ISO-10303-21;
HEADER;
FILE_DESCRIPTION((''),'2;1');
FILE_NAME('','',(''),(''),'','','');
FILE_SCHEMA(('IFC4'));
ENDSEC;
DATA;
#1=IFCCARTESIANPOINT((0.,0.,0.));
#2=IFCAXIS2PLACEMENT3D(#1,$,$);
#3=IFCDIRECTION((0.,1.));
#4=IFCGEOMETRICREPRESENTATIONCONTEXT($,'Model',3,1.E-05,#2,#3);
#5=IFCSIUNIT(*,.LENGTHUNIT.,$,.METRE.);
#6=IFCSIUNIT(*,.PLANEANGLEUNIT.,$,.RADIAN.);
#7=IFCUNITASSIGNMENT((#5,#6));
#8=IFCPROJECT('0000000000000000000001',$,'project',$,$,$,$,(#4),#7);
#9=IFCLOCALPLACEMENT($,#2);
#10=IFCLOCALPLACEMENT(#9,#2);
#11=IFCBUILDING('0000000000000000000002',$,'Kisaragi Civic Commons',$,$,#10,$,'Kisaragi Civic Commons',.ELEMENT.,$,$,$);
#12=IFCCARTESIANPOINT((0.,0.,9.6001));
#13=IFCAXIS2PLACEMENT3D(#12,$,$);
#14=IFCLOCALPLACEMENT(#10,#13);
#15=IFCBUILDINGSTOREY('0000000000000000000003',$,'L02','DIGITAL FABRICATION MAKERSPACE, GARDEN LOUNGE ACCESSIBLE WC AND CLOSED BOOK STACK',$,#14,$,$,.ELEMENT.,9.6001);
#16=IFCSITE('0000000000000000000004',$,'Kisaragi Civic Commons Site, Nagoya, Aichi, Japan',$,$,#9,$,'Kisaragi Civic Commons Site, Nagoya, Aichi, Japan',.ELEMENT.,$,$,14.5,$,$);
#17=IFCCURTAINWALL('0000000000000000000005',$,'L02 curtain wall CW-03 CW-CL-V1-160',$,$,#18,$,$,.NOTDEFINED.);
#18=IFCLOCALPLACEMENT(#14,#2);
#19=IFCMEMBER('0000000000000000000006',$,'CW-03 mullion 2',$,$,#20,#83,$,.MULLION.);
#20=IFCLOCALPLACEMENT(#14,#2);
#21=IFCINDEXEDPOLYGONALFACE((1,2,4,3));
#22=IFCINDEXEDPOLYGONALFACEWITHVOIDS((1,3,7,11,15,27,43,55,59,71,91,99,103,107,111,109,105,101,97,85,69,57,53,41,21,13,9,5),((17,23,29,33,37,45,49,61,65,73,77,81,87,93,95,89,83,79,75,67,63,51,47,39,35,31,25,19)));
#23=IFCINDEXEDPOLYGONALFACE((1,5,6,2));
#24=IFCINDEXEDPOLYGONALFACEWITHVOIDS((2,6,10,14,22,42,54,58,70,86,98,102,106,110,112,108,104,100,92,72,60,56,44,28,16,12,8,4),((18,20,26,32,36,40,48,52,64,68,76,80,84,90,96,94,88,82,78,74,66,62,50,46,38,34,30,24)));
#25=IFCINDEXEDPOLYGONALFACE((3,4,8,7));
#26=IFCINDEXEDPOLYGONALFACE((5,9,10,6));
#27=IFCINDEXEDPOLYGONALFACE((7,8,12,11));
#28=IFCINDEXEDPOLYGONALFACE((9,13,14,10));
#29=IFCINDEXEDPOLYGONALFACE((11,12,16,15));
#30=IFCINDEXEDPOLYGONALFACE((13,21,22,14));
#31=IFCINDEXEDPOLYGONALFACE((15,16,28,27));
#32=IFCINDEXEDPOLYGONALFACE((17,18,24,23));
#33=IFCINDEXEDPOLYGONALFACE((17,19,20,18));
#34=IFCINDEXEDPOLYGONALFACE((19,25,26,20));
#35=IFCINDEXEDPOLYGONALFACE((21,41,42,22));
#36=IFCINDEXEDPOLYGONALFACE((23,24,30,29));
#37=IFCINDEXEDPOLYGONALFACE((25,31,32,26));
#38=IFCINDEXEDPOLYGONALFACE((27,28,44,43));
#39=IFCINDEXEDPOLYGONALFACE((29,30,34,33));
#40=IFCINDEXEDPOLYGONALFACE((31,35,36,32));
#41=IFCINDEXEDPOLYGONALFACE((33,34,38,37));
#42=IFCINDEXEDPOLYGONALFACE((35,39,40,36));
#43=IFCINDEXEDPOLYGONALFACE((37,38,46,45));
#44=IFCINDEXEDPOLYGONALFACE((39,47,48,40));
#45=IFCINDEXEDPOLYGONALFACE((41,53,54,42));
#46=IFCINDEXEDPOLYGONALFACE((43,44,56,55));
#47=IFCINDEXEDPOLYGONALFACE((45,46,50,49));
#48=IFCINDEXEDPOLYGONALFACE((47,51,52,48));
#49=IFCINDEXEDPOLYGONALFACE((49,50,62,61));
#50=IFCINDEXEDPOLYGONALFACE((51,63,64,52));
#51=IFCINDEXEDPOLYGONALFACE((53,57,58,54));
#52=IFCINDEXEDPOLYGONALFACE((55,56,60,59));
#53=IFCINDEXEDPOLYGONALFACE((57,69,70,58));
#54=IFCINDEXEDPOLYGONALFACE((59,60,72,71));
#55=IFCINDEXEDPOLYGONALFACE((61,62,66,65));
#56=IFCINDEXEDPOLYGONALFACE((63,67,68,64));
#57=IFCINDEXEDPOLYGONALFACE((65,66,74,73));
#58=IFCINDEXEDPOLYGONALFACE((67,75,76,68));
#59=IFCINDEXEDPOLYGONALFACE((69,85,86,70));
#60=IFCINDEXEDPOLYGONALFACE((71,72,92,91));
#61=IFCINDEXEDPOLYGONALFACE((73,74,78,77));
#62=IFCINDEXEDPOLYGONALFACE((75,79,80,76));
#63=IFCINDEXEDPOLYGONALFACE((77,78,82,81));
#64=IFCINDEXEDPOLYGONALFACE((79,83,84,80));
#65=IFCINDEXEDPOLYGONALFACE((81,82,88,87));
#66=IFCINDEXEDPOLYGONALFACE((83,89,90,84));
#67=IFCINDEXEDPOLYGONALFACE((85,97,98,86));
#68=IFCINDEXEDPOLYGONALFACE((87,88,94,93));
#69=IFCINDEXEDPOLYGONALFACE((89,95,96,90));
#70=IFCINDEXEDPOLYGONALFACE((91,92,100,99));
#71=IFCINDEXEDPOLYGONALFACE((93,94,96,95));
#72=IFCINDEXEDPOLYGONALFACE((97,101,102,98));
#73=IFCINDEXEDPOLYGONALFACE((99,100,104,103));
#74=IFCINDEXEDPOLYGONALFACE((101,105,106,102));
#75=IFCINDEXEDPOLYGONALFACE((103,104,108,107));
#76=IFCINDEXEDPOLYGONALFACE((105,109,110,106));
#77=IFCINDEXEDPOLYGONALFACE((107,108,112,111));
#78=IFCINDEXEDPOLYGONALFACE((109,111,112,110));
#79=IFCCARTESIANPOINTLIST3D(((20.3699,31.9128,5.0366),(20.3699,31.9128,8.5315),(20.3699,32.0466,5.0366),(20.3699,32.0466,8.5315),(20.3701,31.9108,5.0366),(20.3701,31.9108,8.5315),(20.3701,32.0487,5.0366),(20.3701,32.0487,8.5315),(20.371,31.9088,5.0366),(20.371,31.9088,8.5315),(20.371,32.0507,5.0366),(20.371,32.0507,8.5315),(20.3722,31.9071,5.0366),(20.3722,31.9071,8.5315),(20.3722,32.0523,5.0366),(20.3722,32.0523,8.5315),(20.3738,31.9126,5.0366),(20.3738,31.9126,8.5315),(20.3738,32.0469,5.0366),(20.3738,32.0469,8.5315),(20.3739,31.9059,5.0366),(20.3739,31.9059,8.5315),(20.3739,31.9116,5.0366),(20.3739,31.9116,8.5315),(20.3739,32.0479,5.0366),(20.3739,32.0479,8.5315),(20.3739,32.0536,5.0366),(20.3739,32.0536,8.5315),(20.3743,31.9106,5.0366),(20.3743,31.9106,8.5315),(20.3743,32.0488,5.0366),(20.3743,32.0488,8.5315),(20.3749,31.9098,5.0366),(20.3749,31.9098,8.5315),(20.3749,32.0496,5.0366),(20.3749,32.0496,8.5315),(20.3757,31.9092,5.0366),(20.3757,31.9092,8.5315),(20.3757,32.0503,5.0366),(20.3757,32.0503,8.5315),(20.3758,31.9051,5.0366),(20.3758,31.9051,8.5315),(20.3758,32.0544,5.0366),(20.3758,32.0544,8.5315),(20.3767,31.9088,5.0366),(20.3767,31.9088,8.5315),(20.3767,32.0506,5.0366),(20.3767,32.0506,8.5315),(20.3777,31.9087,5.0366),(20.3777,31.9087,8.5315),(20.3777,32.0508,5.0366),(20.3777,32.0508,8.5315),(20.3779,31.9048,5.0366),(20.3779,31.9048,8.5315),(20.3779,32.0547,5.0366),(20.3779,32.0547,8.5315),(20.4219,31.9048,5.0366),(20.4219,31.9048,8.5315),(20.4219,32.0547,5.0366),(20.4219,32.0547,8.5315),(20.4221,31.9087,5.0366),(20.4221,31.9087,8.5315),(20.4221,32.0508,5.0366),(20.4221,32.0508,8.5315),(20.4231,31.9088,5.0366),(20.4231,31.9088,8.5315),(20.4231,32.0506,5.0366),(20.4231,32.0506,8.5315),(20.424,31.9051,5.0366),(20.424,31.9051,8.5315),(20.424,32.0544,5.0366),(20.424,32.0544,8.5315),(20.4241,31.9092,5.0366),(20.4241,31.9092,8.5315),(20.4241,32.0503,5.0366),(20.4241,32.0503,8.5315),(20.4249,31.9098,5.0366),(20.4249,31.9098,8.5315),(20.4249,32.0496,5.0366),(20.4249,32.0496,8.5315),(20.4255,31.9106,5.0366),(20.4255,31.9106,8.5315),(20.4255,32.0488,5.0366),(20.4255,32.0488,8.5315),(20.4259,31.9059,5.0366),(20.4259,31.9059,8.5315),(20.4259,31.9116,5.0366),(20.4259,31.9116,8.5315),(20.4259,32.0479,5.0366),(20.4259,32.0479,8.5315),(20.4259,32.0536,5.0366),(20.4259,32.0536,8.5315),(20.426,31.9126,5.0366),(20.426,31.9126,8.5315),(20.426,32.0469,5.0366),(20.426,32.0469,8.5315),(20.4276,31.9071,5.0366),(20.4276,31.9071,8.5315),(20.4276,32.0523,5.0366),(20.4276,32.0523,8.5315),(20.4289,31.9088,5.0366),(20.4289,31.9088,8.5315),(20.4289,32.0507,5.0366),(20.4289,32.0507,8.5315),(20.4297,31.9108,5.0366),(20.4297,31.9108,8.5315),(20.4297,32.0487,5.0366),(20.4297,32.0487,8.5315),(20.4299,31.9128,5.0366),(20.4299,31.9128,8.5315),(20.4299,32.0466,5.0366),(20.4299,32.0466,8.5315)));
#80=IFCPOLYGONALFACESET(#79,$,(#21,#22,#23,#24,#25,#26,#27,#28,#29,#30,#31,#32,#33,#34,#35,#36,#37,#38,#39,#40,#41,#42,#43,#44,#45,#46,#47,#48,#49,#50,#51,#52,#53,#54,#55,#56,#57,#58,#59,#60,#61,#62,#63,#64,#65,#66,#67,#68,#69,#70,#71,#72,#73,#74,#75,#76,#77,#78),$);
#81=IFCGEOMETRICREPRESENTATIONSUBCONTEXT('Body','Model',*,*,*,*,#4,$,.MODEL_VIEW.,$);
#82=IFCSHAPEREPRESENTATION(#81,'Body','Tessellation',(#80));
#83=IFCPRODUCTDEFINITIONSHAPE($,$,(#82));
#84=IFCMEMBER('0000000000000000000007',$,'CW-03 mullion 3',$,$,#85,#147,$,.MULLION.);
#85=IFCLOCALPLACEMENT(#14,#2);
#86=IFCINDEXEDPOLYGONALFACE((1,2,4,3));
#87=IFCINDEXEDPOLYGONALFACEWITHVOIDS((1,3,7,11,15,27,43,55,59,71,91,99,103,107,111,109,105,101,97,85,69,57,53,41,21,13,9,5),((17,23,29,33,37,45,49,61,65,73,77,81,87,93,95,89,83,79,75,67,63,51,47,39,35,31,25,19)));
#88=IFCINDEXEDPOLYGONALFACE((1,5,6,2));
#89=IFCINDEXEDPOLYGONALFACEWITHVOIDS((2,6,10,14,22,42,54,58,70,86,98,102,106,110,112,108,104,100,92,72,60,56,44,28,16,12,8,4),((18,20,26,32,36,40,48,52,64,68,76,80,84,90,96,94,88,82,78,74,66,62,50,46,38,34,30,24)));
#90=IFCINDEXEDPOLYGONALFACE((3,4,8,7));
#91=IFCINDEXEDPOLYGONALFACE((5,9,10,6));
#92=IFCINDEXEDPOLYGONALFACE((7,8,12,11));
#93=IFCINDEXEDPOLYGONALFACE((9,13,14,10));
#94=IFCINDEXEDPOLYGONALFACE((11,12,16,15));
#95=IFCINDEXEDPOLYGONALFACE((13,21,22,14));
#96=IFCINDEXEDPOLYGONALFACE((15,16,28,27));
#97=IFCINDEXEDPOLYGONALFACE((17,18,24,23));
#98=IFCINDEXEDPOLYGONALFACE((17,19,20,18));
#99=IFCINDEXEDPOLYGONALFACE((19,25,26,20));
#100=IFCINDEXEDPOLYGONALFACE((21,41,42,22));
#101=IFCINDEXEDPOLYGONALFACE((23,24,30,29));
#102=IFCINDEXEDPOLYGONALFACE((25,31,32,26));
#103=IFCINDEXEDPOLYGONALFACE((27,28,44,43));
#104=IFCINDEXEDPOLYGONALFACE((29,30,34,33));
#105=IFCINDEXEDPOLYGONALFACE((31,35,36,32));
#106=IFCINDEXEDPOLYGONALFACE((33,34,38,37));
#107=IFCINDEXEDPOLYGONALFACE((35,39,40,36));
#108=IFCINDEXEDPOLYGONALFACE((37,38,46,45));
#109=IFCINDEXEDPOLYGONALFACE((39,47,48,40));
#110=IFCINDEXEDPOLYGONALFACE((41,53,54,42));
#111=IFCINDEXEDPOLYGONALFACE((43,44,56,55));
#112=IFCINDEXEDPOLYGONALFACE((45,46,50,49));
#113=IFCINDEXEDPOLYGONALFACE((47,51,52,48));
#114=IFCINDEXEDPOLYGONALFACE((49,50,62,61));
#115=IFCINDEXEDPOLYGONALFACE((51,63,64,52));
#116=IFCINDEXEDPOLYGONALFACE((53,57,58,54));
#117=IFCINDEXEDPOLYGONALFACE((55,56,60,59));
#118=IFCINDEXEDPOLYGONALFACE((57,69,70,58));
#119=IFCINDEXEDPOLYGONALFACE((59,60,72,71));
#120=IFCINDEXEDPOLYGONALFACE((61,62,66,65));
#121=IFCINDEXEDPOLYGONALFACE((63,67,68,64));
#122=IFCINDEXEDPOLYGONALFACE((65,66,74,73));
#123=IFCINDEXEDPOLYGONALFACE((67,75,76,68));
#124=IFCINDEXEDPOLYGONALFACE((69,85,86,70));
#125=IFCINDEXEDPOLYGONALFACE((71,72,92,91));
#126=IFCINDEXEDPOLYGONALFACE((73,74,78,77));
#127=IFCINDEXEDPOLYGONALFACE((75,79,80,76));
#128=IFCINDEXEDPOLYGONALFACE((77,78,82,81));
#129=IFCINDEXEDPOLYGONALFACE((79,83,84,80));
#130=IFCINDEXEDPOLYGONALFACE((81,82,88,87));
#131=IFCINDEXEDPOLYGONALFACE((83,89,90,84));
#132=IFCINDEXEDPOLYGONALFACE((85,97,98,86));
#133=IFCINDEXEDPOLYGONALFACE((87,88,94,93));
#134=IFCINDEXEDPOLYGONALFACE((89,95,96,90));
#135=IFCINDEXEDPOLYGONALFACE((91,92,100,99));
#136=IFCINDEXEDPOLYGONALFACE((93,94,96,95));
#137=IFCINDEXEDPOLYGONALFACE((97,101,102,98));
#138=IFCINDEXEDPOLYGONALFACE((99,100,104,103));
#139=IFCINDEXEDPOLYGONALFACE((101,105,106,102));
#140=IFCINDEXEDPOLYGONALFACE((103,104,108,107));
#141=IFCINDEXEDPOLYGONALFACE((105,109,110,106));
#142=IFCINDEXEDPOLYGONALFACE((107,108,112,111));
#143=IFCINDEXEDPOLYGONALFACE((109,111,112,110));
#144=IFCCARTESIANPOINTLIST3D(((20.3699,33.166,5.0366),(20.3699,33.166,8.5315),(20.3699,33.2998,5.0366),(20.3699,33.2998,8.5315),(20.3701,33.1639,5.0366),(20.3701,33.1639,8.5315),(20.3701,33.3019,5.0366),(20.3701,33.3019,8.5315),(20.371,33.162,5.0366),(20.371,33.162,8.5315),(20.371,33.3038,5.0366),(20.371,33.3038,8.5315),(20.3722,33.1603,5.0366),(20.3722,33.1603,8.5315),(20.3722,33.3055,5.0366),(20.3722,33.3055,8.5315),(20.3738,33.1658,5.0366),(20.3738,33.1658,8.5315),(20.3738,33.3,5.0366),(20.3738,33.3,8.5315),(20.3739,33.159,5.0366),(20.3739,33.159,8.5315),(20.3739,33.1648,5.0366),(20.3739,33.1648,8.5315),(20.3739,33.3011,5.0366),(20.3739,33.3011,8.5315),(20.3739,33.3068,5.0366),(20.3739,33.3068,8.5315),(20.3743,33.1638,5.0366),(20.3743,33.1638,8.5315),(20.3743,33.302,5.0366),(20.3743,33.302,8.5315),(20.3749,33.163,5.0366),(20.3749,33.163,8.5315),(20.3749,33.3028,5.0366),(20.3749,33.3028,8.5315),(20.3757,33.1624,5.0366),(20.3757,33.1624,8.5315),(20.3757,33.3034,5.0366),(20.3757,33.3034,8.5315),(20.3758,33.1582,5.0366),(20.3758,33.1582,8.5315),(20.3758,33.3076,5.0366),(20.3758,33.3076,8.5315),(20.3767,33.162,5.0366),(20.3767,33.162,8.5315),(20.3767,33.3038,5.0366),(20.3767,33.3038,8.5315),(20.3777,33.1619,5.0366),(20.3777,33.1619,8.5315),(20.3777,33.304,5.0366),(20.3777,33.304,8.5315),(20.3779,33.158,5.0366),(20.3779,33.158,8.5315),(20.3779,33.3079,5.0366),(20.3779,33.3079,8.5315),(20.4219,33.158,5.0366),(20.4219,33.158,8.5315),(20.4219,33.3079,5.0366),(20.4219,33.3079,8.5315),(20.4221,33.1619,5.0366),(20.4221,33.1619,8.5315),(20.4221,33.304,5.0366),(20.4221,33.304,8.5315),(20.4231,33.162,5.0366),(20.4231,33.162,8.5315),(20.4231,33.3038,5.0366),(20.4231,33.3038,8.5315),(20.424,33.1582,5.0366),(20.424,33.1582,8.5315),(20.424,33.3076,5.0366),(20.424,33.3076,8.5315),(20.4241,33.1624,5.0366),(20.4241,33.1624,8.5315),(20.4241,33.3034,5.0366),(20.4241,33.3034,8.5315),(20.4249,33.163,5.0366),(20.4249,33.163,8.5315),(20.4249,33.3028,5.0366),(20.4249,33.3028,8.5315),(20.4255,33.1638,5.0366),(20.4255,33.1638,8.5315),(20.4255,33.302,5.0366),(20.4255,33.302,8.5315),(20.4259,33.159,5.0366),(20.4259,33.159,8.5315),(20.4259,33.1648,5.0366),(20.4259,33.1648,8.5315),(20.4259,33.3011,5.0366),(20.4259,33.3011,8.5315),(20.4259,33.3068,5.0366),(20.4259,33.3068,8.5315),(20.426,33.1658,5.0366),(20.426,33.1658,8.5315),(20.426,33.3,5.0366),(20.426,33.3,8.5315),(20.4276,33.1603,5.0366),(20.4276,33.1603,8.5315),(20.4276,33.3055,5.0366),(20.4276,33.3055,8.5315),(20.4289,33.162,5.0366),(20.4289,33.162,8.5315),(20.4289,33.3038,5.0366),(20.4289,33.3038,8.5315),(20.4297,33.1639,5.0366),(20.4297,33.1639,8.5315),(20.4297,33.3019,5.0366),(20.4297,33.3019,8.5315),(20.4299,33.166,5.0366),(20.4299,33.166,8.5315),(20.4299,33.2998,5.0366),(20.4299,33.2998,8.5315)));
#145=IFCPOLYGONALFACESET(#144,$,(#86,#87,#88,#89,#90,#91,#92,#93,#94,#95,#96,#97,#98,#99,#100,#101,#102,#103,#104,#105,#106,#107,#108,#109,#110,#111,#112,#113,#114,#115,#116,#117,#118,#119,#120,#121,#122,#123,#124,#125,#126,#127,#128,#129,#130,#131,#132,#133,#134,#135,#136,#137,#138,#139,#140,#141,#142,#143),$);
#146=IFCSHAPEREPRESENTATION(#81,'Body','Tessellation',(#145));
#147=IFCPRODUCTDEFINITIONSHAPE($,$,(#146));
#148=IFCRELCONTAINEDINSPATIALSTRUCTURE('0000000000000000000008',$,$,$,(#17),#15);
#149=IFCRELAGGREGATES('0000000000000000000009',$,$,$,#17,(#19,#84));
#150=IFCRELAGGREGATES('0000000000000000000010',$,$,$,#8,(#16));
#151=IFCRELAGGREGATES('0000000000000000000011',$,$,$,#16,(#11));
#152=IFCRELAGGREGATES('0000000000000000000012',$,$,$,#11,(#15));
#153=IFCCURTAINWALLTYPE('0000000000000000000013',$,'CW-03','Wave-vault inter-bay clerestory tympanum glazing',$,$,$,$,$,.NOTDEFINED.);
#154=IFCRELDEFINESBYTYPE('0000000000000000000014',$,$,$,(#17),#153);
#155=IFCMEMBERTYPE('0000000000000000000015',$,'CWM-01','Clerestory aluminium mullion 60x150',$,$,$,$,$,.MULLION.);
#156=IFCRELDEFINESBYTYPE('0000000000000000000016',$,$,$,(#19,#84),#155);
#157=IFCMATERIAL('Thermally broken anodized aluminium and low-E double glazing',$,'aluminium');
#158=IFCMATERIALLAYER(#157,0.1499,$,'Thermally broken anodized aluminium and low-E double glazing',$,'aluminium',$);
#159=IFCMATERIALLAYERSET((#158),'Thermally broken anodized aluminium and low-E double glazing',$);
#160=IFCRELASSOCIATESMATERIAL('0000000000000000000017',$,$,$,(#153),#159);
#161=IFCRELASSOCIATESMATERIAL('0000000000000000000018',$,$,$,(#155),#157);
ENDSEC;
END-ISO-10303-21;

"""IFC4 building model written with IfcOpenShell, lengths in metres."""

from ifc_helpers import new_model, si_unit, direction, frame, origin, origin_2d, place, context, subcontext, project, spatial, hollow_rectangle, extrude, material, layer, layer_set, material_profile, profile_set, type_object, element, aggregate, save


model = new_model("IFC4")

# Units and contexts
model_context = context("Model", 3, precision=1e-05, world=origin(), true_north=direction((0.0, 1.0)))
body_context = subcontext(model_context, "Body", "Model", "MODEL_VIEW")
ifc_project = project(units=[si_unit("LENGTHUNIT", "METRE"), si_unit("PLANEANGLEUNIT", "RADIAN")], contexts=[model_context])

# Site, building, storey
site_placement = place(None, origin())
site = spatial("IfcSite", under=ifc_project, at=site_placement, Name="Kisaragi Civic Commons Site, Nagoya, Aichi, Japan", LongName="Kisaragi Civic Commons Site, Nagoya, Aichi, Japan", CompositionType="ELEMENT", RefElevation=14.5)
building_placement = place(site_placement, origin())
building = spatial("IfcBuilding", under=site, at=building_placement, Name="Kisaragi Civic Commons", LongName="Kisaragi Civic Commons", CompositionType="ELEMENT")
storey_placement = place(building_placement, frame((0.0, 0.0, 9.6001)))
storey = spatial("IfcBuildingStorey", under=building, at=storey_placement, Name="L02", Description="DIGITAL FABRICATION MAKERSPACE, GARDEN LOUNGE ACCESSIBLE WC AND CLOSED BOOK STACK", CompositionType="ELEMENT", Elevation=9.6001)

# Curtain wall, members
ifc_material_1 = material(Name="Thermally broken anodized aluminium and low-E double glazing", Category="aluminium")
ifc_layer_1 = layer(ifc_material_1, 0.1499, Name="Thermally broken anodized aluminium and low-E double glazing", Category="aluminium")
ifc_layer_set_1 = layer_set([ifc_layer_1], Name="Thermally broken anodized aluminium and low-E double glazing")
curtain_wall_type = type_object("IfcCurtainWallType", Name="CW-03", Description="Wave-vault inter-bay clerestory tympanum glazing", PredefinedType="NOTDEFINED", material=ifc_layer_set_1)
curtain_wall_1_placement = place(storey_placement, origin())
curtain_wall_1 = element("IfcCurtainWall", 1, at=curtain_wall_1_placement, inside=storey, type_object=curtain_wall_type, Name="L02 curtain wall CW-03 CW-CL-V1-160", PredefinedType="NOTDEFINED")
ifc_material_profile_1 = material_profile(ifc_material_1, hollow_rectangle(XDim=0.0601, YDim=0.1499, WallThickness=0.0039, InnerFilletRadius=0.0039, OuterFilletRadius=0.0081, at=origin_2d()), Name="CWM-60x150x4", Category="aluminium")
ifc_profile_set_1 = profile_set([ifc_material_profile_1], Name="Thermally broken anodized aluminium and low-E double glazing")
member_type_1 = type_object("IfcMemberType", Name="CWM-01", Description="Clerestory aluminium mullion 60x150", PredefinedType="MULLION", material=ifc_profile_set_1)
member_1_placement = place(storey_placement, frame((20.3999, 31.9797, 5.0366), z_axis=(0.0, 0.0, 1.0), x_axis=(-1.0, 0.0, 0.0)))
member_1 = element("IfcMember", 2, at=member_1_placement, type_object=member_type_1, Name="CW-03 mullion 2", PredefinedType="MULLION", context=body_context, shape_type="SweptSolid", body=[
    extrude(hollow_rectangle(XDim=0.0601, YDim=0.1499, WallThickness=0.0039, InnerFilletRadius=0.0039, OuterFilletRadius=0.0081, at=origin_2d()), origin(), (0.0, 0.0, 1.0), 3.4949),
])
member_2_placement = place(storey_placement, frame((20.3999, 33.2329, 5.0366), z_axis=(0.0, 0.0, 1.0), x_axis=(-1.0, 0.0, 0.0)))
member_2 = element("IfcMember", 3, at=member_2_placement, type_object=member_type_1, Name="CW-03 mullion 3", PredefinedType="MULLION", context=body_context, shape_type="SweptSolid", body=[
    extrude(hollow_rectangle(XDim=0.0601, YDim=0.1499, WallThickness=0.0039, InnerFilletRadius=0.0039, OuterFilletRadius=0.0081, at=origin_2d()), origin(), (0.0, 0.0, 1.0), 3.4949),
])

aggregate(curtain_wall_1, [member_1, member_2])

save(model, "model.ifc")
